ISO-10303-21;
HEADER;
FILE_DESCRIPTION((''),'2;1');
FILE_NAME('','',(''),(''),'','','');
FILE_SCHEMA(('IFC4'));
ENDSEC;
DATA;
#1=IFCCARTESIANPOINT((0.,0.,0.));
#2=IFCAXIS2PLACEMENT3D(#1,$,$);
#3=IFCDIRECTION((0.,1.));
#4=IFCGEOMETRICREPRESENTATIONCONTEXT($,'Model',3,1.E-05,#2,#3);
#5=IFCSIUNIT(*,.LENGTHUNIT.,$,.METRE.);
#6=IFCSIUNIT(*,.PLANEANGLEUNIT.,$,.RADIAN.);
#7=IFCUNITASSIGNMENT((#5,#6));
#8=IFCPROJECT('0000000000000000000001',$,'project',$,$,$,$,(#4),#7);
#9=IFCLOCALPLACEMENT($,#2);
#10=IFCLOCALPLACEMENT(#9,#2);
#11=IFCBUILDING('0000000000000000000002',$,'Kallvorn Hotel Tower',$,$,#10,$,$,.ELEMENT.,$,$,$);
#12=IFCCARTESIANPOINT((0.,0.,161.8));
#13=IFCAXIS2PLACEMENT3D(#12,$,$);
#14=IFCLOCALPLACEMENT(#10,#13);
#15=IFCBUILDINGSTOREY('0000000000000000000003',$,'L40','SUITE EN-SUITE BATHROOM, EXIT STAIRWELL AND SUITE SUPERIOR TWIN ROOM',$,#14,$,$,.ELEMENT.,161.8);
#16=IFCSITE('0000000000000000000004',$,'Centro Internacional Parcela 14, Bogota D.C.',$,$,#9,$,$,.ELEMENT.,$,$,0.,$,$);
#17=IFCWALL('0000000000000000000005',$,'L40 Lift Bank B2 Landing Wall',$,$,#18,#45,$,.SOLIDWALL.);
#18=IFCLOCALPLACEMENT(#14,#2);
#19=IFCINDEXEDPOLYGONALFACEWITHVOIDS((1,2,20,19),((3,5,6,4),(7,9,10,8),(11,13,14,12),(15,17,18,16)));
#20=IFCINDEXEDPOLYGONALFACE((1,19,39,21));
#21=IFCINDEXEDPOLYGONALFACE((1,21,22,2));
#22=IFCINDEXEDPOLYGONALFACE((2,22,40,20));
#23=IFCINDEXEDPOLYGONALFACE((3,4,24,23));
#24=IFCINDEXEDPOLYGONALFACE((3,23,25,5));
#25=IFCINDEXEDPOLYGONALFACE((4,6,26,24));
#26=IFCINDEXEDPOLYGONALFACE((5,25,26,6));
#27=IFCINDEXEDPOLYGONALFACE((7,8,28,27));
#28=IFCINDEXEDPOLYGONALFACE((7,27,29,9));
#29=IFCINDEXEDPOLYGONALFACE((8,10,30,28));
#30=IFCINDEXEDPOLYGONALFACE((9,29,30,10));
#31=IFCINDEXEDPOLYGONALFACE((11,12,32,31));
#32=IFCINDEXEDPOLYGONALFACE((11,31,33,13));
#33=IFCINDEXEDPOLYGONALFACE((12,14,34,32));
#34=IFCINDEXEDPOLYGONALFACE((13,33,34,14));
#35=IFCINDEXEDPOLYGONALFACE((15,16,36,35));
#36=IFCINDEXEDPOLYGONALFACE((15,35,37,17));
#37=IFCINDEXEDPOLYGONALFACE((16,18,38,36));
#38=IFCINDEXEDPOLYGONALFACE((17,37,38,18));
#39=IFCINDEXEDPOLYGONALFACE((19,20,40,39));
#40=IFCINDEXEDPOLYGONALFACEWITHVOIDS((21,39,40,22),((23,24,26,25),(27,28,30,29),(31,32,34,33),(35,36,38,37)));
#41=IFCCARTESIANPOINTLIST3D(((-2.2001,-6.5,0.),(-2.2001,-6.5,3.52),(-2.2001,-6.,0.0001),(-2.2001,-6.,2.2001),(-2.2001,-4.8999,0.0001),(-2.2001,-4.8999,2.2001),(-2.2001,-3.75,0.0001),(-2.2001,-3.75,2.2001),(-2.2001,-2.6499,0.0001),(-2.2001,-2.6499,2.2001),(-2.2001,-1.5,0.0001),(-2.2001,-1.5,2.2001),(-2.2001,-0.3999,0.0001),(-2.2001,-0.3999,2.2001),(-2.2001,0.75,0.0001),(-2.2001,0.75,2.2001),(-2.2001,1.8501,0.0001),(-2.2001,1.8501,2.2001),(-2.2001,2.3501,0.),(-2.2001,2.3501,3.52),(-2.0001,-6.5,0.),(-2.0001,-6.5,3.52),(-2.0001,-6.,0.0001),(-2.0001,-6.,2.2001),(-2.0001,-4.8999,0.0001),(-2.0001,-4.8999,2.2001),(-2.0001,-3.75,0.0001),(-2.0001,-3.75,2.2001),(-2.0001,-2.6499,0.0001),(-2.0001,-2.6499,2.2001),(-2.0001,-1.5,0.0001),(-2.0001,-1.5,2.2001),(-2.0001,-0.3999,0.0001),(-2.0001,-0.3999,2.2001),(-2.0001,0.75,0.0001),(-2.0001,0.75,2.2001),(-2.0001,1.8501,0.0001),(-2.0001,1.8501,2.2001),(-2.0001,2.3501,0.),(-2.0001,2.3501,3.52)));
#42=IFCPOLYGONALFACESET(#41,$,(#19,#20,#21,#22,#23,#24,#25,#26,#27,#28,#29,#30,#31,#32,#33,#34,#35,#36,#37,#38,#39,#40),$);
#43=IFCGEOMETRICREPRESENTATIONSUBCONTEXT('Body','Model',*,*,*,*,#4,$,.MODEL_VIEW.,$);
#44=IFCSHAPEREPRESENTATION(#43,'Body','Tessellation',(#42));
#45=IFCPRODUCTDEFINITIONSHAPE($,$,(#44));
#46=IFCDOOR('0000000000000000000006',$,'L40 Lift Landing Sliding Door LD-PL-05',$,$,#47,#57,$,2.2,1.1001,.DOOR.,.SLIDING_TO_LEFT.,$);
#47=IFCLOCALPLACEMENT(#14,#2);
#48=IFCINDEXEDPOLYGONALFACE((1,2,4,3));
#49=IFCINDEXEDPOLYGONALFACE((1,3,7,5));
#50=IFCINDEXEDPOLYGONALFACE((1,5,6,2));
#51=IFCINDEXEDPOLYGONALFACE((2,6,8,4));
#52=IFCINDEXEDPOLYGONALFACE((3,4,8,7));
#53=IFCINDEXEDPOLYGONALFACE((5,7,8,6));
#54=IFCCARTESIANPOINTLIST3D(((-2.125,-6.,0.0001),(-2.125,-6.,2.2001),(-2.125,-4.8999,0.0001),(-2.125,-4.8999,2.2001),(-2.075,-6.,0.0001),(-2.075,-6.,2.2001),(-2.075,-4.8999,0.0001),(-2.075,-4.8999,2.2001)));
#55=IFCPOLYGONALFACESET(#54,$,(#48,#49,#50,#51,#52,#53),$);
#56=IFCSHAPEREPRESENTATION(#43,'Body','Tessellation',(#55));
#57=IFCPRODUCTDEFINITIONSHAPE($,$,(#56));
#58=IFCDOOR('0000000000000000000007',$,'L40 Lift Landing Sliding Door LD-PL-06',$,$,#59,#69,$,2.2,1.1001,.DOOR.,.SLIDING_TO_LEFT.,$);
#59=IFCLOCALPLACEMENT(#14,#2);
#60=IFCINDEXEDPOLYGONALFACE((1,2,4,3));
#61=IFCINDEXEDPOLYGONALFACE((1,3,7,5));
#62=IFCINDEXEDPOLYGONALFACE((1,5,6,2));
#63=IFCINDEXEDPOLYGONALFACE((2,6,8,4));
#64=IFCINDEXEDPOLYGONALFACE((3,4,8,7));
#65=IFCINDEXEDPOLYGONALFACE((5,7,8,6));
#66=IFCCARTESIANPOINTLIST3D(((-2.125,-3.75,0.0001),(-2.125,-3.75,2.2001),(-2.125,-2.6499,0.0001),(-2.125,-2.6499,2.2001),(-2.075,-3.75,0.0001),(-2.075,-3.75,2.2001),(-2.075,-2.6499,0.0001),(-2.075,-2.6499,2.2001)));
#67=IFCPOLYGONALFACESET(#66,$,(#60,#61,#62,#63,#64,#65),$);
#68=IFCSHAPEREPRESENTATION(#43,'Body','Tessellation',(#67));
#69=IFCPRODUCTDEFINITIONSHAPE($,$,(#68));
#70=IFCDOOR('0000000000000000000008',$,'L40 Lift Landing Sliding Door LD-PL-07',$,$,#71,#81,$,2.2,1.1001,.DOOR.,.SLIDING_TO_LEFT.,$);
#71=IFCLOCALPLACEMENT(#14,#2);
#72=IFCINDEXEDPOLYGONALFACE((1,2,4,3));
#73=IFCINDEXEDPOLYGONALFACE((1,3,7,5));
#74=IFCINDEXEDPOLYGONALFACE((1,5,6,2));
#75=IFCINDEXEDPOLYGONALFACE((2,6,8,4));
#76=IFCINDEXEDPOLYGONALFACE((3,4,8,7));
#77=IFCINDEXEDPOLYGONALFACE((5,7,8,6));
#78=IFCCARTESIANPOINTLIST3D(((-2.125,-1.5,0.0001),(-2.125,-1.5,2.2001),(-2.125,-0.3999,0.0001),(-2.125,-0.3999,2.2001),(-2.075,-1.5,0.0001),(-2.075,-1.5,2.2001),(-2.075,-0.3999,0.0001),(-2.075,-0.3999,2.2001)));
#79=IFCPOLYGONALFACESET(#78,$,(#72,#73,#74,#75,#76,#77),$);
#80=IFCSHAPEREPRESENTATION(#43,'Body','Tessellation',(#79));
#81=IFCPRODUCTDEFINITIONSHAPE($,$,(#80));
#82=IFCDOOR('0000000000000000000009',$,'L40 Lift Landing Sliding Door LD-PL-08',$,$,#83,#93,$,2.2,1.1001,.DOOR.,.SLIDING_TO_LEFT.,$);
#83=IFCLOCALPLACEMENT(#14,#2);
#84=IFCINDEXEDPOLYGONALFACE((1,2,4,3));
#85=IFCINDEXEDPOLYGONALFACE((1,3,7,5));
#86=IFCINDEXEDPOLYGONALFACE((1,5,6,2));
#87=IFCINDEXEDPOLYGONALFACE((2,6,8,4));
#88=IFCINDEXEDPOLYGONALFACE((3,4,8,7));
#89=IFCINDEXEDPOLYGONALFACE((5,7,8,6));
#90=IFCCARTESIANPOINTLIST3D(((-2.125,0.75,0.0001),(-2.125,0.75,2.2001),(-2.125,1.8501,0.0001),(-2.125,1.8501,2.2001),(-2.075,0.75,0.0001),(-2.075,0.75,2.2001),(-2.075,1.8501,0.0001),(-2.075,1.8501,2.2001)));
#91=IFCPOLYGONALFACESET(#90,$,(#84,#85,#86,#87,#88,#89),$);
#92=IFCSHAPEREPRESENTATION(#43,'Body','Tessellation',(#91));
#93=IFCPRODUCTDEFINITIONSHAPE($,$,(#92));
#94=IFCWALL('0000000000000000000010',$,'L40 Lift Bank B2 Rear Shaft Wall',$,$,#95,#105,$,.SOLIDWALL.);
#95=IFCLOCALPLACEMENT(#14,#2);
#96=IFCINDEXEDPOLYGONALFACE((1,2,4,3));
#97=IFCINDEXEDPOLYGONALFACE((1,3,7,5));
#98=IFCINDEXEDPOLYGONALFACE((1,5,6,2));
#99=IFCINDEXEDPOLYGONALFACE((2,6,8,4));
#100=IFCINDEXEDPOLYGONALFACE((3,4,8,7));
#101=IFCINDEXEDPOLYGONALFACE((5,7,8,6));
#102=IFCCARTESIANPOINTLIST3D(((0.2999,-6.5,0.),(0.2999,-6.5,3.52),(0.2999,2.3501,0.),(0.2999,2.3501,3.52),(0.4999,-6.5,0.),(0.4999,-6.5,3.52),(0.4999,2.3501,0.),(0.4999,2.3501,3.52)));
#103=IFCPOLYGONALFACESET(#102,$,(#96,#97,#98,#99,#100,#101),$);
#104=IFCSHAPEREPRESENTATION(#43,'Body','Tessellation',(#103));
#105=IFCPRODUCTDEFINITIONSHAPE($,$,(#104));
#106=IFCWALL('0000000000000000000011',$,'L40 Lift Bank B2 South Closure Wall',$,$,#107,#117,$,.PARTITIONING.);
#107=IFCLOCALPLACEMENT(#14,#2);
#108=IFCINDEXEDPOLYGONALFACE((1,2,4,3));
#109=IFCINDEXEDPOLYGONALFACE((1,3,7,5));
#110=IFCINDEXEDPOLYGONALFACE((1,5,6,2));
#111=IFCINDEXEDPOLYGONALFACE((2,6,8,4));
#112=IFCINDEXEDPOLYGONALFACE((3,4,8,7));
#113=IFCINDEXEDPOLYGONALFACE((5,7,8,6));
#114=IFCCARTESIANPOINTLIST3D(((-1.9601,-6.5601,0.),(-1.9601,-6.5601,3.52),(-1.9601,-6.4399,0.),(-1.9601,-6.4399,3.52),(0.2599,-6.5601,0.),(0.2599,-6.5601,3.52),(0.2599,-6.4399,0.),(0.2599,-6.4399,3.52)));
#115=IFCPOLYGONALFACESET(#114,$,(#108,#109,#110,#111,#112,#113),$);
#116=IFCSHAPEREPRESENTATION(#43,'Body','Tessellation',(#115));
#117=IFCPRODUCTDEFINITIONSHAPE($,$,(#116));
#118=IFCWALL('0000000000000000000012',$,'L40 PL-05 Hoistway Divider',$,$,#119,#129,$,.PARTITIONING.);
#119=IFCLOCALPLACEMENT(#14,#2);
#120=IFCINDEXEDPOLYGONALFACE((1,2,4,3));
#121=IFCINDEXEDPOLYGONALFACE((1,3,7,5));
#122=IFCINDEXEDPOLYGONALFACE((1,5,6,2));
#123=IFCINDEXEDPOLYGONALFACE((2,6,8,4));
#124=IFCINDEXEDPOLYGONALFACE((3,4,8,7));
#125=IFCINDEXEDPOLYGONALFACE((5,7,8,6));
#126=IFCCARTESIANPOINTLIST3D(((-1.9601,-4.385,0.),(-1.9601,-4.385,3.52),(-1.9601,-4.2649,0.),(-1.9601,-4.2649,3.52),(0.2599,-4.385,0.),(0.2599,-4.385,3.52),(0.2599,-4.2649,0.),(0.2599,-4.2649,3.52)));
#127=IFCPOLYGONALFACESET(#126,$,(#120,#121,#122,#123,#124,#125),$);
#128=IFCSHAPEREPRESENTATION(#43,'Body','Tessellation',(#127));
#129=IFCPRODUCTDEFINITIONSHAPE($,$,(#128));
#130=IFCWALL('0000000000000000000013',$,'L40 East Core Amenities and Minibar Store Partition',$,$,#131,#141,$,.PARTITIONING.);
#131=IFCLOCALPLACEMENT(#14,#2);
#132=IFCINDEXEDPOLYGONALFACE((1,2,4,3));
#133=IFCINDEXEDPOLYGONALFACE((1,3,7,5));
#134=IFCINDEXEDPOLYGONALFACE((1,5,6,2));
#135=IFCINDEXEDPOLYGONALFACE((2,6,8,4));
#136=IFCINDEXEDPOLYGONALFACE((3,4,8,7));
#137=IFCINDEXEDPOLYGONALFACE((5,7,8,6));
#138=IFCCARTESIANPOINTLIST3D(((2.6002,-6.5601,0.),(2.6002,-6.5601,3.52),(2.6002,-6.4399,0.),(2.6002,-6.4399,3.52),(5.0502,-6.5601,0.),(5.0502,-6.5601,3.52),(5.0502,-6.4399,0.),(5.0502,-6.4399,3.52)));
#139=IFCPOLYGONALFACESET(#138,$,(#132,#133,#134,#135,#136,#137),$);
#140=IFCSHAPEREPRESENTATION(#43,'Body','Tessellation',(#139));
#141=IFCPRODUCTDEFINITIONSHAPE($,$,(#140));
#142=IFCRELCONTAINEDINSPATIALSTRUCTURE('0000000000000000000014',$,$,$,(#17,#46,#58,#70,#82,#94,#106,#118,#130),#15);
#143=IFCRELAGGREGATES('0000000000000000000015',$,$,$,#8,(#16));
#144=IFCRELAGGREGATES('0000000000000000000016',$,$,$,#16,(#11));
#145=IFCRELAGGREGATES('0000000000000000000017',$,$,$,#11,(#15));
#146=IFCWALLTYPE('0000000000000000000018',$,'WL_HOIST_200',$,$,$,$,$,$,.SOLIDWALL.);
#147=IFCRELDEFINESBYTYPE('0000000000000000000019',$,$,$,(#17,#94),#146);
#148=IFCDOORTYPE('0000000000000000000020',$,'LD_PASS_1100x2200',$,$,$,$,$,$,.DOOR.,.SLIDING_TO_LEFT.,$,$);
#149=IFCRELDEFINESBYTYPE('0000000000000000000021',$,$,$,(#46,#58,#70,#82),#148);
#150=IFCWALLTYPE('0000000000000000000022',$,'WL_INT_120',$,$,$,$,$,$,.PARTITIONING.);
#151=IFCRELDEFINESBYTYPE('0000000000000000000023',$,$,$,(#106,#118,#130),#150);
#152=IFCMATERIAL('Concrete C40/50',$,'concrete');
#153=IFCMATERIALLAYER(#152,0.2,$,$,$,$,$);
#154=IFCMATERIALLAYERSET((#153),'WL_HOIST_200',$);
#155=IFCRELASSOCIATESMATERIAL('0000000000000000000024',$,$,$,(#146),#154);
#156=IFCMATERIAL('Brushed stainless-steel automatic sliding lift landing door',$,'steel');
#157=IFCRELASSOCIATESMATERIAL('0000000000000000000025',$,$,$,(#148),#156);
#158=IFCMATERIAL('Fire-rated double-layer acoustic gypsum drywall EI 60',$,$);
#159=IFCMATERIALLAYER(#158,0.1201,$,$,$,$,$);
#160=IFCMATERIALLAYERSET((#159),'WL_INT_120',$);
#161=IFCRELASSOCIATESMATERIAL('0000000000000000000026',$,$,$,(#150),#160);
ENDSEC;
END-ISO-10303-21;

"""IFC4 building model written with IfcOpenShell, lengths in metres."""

from ifc_helpers import new_model, si_unit, direction, frame, frame_2d, origin, place, context, subcontext, project, spatial, rectangle, extrude, material, layer, layer_set, type_object, element, fill, save


model = new_model("IFC4")

# Units and contexts
model_context = context("Model", 3, precision=1e-05, world=origin(), true_north=direction((0.0, 1.0)))
body_context = subcontext(model_context, "Body", "Model", "MODEL_VIEW")
ifc_project = project(units=[si_unit("LENGTHUNIT", "METRE"), si_unit("PLANEANGLEUNIT", "RADIAN")], contexts=[model_context])

# Site, building, storey
site_placement = place(None, origin())
site = spatial("IfcSite", under=ifc_project, at=site_placement, Name="Centro Internacional Parcela 14, Bogota D.C.", CompositionType="ELEMENT", RefElevation=0.0)
building_placement = place(site_placement, origin())
building = spatial("IfcBuilding", under=site, at=building_placement, Name="Kallvorn Hotel Tower", CompositionType="ELEMENT")
storey_placement = place(building_placement, frame((0.0, 0.0, 161.8)))
storey = spatial("IfcBuildingStorey", under=building, at=storey_placement, Name="L40", Description="SUITE EN-SUITE BATHROOM, EXIT STAIRWELL AND SUITE SUPERIOR TWIN ROOM", CompositionType="ELEMENT", Elevation=161.8)

# Wall, openings, doors
ifc_material_1 = material(Name="Concrete C40/50", Category="concrete")
ifc_layer_1 = layer(ifc_material_1, 0.2)
ifc_layer_set_1 = layer_set([ifc_layer_1], Name="WL_HOIST_200")
wall_type_1 = type_object("IfcWallType", Name="WL_HOIST_200", PredefinedType="SOLIDWALL", material=ifc_layer_set_1)
wall_1_placement = place(storey_placement, frame((-2.1001, -6.5, 0.0), z_axis=(0.0, 0.0, 1.0), x_axis=(0.0, 1.0, 0.0)))
wall_1 = element("IfcWall", 1, at=wall_1_placement, inside=storey, type_object=wall_type_1, Name="L40 Lift Bank B2 Landing Wall", PredefinedType="SOLIDWALL", context=body_context, shape_type="SweptSolid", body=[
    extrude(rectangle(XDim=8.8501, YDim=0.2, at=frame_2d((4.425, 0.0))), origin(), (0.0, 0.0, 1.0), 3.52),
])
opening_1_placement = place(wall_1_placement, frame((0.5, 0.0, 0.0)))
opening_1 = element("IfcOpeningElement", 2, at=opening_1_placement, cuts=wall_1, PredefinedType="OPENING", context=body_context, shape_type="SweptSolid", body=[
    extrude(rectangle(XDim=1.1001, YDim=2.2, at=frame_2d((0.55, 1.1001))), frame((0.0, 0.115, 0.0), z_axis=(0.0, -1.0, 0.0), x_axis=(1.0, 0.0, 0.0)), (0.0, 0.0, 1.0), 0.23),
])
opening_2_placement = place(wall_1_placement, frame((2.75, 0.0, 0.0)))
opening_2 = element("IfcOpeningElement", 3, at=opening_2_placement, cuts=wall_1, PredefinedType="OPENING", context=body_context, shape_type="SweptSolid", body=[
    extrude(rectangle(XDim=1.1001, YDim=2.2, at=frame_2d((0.55, 1.1001))), frame((0.0, 0.115, 0.0), z_axis=(0.0, -1.0, 0.0), x_axis=(1.0, 0.0, 0.0)), (0.0, 0.0, 1.0), 0.23),
])
opening_3_placement = place(wall_1_placement, frame((5.0, 0.0, 0.0)))
opening_3 = element("IfcOpeningElement", 4, at=opening_3_placement, cuts=wall_1, PredefinedType="OPENING", context=body_context, shape_type="SweptSolid", body=[
    extrude(rectangle(XDim=1.1001, YDim=2.2, at=frame_2d((0.55, 1.1001))), frame((0.0, 0.115, 0.0), z_axis=(0.0, -1.0, 0.0), x_axis=(1.0, 0.0, 0.0)), (0.0, 0.0, 1.0), 0.23),
])
opening_4_placement = place(wall_1_placement, frame((7.25, 0.0, 0.0)))
opening_4 = element("IfcOpeningElement", 5, at=opening_4_placement, cuts=wall_1, PredefinedType="OPENING", context=body_context, shape_type="SweptSolid", body=[
    extrude(rectangle(XDim=1.1001, YDim=2.2, at=frame_2d((0.55, 1.1001))), frame((0.0, 0.115, 0.0), z_axis=(0.0, -1.0, 0.0), x_axis=(1.0, 0.0, 0.0)), (0.0, 0.0, 1.0), 0.23),
])
ifc_material_2 = material(Name="Brushed stainless-steel automatic sliding lift landing door", Category="steel")
door_type_1 = type_object("IfcDoorType", Name="LD_PASS_1100x2200", OperationType="SLIDING_TO_LEFT", PredefinedType="DOOR", material=ifc_material_2)
door_1_placement = place(opening_1_placement, origin())
door_1 = element("IfcDoor", 6, at=door_1_placement, inside=storey, type_object=door_type_1, Name="L40 Lift Landing Sliding Door LD-PL-05", OperationType="SLIDING_TO_LEFT", OverallHeight=2.2, OverallWidth=1.1001, PredefinedType="DOOR", context=body_context, shape_type="SweptSolid", body=[
    extrude(rectangle(XDim=1.1001, YDim=2.2, at=frame_2d((0.55, 1.1001))), frame((0.0, 0.0249, 0.0), z_axis=(0.0, -1.0, 0.0), x_axis=(1.0, 0.0, 0.0)), (0.0, 0.0, 1.0), 0.05),
])
fill(opening_1, door_1)
door_2_placement = place(opening_2_placement, origin())
door_2 = element("IfcDoor", 7, at=door_2_placement, inside=storey, type_object=door_type_1, Name="L40 Lift Landing Sliding Door LD-PL-06", OperationType="SLIDING_TO_LEFT", OverallHeight=2.2, OverallWidth=1.1001, PredefinedType="DOOR", context=body_context, shape_type="SweptSolid", body=[
    extrude(rectangle(XDim=1.1001, YDim=2.2, at=frame_2d((0.55, 1.1001))), frame((0.0, 0.0249, 0.0), z_axis=(0.0, -1.0, 0.0), x_axis=(1.0, 0.0, 0.0)), (0.0, 0.0, 1.0), 0.05),
])
fill(opening_2, door_2)
door_3_placement = place(opening_3_placement, origin())
door_3 = element("IfcDoor", 8, at=door_3_placement, inside=storey, type_object=door_type_1, Name="L40 Lift Landing Sliding Door LD-PL-07", OperationType="SLIDING_TO_LEFT", OverallHeight=2.2, OverallWidth=1.1001, PredefinedType="DOOR", context=body_context, shape_type="SweptSolid", body=[
    extrude(rectangle(XDim=1.1001, YDim=2.2, at=frame_2d((0.55, 1.1001))), frame((0.0, 0.0249, 0.0), z_axis=(0.0, -1.0, 0.0), x_axis=(1.0, 0.0, 0.0)), (0.0, 0.0, 1.0), 0.05),
])
fill(opening_3, door_3)
door_4_placement = place(opening_4_placement, origin())
door_4 = element("IfcDoor", 9, at=door_4_placement, inside=storey, type_object=door_type_1, Name="L40 Lift Landing Sliding Door LD-PL-08", OperationType="SLIDING_TO_LEFT", OverallHeight=2.2, OverallWidth=1.1001, PredefinedType="DOOR", context=body_context, shape_type="SweptSolid", body=[
    extrude(rectangle(XDim=1.1001, YDim=2.2, at=frame_2d((0.55, 1.1001))), frame((0.0, 0.0249, 0.0), z_axis=(0.0, -1.0, 0.0), x_axis=(1.0, 0.0, 0.0)), (0.0, 0.0, 1.0), 0.05),
])
fill(opening_4, door_4)

# Walls
wall_2_placement = place(storey_placement, frame((0.3999, -6.5, 0.0), z_axis=(0.0, 0.0, 1.0), x_axis=(0.0, 1.0, 0.0)))
element("IfcWall", 10, at=wall_2_placement, inside=storey, type_object=wall_type_1, Name="L40 Lift Bank B2 Rear Shaft Wall", PredefinedType="SOLIDWALL", context=body_context, shape_type="SweptSolid", body=[
    extrude(rectangle(XDim=8.8501, YDim=0.2, at=frame_2d((4.425, 0.0))), origin(), (0.0, 0.0, 1.0), 3.52),
])
ifc_material_3 = material(Name="Fire-rated double-layer acoustic gypsum drywall EI 60")
ifc_layer_2 = layer(ifc_material_3, 0.1201)
ifc_layer_set_2 = layer_set([ifc_layer_2], Name="WL_INT_120")
wall_type_2 = type_object("IfcWallType", Name="WL_INT_120", PredefinedType="PARTITIONING", material=ifc_layer_set_2)
for number, where, z_axis, x_axis, name in (
    (11, (-1.96, -6.5, 0.0), (0.0, 0.0, 1.0), (1.0, 0.0, 0.0), "L40 Lift Bank B2 South Closure Wall"),
    (12, (-1.96, -4.325, 0.0), (0.0, 0.0, 1.0), (1.0, 0.0, 0.0), "L40 PL-05 Hoistway Divider"),
):
    element("IfcWall", number, at=place(storey_placement, frame(where, z_axis=z_axis, x_axis=x_axis)), inside=storey, type_object=wall_type_2, Name=name, PredefinedType="PARTITIONING", context=body_context, shape_type="SweptSolid", body=[
        extrude(rectangle(XDim=2.22, YDim=0.1201, at=frame_2d((1.1099, 0.0))), origin(), (0.0, 0.0, 1.0), 3.52),
    ])
wall_3_placement = place(storey_placement, frame((2.6001, -6.5, 0.0), z_axis=(0.0, 0.0, 1.0), x_axis=(1.0, 0.0, 0.0)))
element("IfcWall", 13, at=wall_3_placement, inside=storey, type_object=wall_type_2, Name="L40 East Core Amenities and Minibar Store Partition", PredefinedType="PARTITIONING", context=body_context, shape_type="SweptSolid", body=[
    extrude(rectangle(XDim=2.45, YDim=0.1201, at=frame_2d((1.2251, 0.0))), origin(), (0.0, 0.0, 1.0), 3.52),
])

save(model, "model.ifc")
